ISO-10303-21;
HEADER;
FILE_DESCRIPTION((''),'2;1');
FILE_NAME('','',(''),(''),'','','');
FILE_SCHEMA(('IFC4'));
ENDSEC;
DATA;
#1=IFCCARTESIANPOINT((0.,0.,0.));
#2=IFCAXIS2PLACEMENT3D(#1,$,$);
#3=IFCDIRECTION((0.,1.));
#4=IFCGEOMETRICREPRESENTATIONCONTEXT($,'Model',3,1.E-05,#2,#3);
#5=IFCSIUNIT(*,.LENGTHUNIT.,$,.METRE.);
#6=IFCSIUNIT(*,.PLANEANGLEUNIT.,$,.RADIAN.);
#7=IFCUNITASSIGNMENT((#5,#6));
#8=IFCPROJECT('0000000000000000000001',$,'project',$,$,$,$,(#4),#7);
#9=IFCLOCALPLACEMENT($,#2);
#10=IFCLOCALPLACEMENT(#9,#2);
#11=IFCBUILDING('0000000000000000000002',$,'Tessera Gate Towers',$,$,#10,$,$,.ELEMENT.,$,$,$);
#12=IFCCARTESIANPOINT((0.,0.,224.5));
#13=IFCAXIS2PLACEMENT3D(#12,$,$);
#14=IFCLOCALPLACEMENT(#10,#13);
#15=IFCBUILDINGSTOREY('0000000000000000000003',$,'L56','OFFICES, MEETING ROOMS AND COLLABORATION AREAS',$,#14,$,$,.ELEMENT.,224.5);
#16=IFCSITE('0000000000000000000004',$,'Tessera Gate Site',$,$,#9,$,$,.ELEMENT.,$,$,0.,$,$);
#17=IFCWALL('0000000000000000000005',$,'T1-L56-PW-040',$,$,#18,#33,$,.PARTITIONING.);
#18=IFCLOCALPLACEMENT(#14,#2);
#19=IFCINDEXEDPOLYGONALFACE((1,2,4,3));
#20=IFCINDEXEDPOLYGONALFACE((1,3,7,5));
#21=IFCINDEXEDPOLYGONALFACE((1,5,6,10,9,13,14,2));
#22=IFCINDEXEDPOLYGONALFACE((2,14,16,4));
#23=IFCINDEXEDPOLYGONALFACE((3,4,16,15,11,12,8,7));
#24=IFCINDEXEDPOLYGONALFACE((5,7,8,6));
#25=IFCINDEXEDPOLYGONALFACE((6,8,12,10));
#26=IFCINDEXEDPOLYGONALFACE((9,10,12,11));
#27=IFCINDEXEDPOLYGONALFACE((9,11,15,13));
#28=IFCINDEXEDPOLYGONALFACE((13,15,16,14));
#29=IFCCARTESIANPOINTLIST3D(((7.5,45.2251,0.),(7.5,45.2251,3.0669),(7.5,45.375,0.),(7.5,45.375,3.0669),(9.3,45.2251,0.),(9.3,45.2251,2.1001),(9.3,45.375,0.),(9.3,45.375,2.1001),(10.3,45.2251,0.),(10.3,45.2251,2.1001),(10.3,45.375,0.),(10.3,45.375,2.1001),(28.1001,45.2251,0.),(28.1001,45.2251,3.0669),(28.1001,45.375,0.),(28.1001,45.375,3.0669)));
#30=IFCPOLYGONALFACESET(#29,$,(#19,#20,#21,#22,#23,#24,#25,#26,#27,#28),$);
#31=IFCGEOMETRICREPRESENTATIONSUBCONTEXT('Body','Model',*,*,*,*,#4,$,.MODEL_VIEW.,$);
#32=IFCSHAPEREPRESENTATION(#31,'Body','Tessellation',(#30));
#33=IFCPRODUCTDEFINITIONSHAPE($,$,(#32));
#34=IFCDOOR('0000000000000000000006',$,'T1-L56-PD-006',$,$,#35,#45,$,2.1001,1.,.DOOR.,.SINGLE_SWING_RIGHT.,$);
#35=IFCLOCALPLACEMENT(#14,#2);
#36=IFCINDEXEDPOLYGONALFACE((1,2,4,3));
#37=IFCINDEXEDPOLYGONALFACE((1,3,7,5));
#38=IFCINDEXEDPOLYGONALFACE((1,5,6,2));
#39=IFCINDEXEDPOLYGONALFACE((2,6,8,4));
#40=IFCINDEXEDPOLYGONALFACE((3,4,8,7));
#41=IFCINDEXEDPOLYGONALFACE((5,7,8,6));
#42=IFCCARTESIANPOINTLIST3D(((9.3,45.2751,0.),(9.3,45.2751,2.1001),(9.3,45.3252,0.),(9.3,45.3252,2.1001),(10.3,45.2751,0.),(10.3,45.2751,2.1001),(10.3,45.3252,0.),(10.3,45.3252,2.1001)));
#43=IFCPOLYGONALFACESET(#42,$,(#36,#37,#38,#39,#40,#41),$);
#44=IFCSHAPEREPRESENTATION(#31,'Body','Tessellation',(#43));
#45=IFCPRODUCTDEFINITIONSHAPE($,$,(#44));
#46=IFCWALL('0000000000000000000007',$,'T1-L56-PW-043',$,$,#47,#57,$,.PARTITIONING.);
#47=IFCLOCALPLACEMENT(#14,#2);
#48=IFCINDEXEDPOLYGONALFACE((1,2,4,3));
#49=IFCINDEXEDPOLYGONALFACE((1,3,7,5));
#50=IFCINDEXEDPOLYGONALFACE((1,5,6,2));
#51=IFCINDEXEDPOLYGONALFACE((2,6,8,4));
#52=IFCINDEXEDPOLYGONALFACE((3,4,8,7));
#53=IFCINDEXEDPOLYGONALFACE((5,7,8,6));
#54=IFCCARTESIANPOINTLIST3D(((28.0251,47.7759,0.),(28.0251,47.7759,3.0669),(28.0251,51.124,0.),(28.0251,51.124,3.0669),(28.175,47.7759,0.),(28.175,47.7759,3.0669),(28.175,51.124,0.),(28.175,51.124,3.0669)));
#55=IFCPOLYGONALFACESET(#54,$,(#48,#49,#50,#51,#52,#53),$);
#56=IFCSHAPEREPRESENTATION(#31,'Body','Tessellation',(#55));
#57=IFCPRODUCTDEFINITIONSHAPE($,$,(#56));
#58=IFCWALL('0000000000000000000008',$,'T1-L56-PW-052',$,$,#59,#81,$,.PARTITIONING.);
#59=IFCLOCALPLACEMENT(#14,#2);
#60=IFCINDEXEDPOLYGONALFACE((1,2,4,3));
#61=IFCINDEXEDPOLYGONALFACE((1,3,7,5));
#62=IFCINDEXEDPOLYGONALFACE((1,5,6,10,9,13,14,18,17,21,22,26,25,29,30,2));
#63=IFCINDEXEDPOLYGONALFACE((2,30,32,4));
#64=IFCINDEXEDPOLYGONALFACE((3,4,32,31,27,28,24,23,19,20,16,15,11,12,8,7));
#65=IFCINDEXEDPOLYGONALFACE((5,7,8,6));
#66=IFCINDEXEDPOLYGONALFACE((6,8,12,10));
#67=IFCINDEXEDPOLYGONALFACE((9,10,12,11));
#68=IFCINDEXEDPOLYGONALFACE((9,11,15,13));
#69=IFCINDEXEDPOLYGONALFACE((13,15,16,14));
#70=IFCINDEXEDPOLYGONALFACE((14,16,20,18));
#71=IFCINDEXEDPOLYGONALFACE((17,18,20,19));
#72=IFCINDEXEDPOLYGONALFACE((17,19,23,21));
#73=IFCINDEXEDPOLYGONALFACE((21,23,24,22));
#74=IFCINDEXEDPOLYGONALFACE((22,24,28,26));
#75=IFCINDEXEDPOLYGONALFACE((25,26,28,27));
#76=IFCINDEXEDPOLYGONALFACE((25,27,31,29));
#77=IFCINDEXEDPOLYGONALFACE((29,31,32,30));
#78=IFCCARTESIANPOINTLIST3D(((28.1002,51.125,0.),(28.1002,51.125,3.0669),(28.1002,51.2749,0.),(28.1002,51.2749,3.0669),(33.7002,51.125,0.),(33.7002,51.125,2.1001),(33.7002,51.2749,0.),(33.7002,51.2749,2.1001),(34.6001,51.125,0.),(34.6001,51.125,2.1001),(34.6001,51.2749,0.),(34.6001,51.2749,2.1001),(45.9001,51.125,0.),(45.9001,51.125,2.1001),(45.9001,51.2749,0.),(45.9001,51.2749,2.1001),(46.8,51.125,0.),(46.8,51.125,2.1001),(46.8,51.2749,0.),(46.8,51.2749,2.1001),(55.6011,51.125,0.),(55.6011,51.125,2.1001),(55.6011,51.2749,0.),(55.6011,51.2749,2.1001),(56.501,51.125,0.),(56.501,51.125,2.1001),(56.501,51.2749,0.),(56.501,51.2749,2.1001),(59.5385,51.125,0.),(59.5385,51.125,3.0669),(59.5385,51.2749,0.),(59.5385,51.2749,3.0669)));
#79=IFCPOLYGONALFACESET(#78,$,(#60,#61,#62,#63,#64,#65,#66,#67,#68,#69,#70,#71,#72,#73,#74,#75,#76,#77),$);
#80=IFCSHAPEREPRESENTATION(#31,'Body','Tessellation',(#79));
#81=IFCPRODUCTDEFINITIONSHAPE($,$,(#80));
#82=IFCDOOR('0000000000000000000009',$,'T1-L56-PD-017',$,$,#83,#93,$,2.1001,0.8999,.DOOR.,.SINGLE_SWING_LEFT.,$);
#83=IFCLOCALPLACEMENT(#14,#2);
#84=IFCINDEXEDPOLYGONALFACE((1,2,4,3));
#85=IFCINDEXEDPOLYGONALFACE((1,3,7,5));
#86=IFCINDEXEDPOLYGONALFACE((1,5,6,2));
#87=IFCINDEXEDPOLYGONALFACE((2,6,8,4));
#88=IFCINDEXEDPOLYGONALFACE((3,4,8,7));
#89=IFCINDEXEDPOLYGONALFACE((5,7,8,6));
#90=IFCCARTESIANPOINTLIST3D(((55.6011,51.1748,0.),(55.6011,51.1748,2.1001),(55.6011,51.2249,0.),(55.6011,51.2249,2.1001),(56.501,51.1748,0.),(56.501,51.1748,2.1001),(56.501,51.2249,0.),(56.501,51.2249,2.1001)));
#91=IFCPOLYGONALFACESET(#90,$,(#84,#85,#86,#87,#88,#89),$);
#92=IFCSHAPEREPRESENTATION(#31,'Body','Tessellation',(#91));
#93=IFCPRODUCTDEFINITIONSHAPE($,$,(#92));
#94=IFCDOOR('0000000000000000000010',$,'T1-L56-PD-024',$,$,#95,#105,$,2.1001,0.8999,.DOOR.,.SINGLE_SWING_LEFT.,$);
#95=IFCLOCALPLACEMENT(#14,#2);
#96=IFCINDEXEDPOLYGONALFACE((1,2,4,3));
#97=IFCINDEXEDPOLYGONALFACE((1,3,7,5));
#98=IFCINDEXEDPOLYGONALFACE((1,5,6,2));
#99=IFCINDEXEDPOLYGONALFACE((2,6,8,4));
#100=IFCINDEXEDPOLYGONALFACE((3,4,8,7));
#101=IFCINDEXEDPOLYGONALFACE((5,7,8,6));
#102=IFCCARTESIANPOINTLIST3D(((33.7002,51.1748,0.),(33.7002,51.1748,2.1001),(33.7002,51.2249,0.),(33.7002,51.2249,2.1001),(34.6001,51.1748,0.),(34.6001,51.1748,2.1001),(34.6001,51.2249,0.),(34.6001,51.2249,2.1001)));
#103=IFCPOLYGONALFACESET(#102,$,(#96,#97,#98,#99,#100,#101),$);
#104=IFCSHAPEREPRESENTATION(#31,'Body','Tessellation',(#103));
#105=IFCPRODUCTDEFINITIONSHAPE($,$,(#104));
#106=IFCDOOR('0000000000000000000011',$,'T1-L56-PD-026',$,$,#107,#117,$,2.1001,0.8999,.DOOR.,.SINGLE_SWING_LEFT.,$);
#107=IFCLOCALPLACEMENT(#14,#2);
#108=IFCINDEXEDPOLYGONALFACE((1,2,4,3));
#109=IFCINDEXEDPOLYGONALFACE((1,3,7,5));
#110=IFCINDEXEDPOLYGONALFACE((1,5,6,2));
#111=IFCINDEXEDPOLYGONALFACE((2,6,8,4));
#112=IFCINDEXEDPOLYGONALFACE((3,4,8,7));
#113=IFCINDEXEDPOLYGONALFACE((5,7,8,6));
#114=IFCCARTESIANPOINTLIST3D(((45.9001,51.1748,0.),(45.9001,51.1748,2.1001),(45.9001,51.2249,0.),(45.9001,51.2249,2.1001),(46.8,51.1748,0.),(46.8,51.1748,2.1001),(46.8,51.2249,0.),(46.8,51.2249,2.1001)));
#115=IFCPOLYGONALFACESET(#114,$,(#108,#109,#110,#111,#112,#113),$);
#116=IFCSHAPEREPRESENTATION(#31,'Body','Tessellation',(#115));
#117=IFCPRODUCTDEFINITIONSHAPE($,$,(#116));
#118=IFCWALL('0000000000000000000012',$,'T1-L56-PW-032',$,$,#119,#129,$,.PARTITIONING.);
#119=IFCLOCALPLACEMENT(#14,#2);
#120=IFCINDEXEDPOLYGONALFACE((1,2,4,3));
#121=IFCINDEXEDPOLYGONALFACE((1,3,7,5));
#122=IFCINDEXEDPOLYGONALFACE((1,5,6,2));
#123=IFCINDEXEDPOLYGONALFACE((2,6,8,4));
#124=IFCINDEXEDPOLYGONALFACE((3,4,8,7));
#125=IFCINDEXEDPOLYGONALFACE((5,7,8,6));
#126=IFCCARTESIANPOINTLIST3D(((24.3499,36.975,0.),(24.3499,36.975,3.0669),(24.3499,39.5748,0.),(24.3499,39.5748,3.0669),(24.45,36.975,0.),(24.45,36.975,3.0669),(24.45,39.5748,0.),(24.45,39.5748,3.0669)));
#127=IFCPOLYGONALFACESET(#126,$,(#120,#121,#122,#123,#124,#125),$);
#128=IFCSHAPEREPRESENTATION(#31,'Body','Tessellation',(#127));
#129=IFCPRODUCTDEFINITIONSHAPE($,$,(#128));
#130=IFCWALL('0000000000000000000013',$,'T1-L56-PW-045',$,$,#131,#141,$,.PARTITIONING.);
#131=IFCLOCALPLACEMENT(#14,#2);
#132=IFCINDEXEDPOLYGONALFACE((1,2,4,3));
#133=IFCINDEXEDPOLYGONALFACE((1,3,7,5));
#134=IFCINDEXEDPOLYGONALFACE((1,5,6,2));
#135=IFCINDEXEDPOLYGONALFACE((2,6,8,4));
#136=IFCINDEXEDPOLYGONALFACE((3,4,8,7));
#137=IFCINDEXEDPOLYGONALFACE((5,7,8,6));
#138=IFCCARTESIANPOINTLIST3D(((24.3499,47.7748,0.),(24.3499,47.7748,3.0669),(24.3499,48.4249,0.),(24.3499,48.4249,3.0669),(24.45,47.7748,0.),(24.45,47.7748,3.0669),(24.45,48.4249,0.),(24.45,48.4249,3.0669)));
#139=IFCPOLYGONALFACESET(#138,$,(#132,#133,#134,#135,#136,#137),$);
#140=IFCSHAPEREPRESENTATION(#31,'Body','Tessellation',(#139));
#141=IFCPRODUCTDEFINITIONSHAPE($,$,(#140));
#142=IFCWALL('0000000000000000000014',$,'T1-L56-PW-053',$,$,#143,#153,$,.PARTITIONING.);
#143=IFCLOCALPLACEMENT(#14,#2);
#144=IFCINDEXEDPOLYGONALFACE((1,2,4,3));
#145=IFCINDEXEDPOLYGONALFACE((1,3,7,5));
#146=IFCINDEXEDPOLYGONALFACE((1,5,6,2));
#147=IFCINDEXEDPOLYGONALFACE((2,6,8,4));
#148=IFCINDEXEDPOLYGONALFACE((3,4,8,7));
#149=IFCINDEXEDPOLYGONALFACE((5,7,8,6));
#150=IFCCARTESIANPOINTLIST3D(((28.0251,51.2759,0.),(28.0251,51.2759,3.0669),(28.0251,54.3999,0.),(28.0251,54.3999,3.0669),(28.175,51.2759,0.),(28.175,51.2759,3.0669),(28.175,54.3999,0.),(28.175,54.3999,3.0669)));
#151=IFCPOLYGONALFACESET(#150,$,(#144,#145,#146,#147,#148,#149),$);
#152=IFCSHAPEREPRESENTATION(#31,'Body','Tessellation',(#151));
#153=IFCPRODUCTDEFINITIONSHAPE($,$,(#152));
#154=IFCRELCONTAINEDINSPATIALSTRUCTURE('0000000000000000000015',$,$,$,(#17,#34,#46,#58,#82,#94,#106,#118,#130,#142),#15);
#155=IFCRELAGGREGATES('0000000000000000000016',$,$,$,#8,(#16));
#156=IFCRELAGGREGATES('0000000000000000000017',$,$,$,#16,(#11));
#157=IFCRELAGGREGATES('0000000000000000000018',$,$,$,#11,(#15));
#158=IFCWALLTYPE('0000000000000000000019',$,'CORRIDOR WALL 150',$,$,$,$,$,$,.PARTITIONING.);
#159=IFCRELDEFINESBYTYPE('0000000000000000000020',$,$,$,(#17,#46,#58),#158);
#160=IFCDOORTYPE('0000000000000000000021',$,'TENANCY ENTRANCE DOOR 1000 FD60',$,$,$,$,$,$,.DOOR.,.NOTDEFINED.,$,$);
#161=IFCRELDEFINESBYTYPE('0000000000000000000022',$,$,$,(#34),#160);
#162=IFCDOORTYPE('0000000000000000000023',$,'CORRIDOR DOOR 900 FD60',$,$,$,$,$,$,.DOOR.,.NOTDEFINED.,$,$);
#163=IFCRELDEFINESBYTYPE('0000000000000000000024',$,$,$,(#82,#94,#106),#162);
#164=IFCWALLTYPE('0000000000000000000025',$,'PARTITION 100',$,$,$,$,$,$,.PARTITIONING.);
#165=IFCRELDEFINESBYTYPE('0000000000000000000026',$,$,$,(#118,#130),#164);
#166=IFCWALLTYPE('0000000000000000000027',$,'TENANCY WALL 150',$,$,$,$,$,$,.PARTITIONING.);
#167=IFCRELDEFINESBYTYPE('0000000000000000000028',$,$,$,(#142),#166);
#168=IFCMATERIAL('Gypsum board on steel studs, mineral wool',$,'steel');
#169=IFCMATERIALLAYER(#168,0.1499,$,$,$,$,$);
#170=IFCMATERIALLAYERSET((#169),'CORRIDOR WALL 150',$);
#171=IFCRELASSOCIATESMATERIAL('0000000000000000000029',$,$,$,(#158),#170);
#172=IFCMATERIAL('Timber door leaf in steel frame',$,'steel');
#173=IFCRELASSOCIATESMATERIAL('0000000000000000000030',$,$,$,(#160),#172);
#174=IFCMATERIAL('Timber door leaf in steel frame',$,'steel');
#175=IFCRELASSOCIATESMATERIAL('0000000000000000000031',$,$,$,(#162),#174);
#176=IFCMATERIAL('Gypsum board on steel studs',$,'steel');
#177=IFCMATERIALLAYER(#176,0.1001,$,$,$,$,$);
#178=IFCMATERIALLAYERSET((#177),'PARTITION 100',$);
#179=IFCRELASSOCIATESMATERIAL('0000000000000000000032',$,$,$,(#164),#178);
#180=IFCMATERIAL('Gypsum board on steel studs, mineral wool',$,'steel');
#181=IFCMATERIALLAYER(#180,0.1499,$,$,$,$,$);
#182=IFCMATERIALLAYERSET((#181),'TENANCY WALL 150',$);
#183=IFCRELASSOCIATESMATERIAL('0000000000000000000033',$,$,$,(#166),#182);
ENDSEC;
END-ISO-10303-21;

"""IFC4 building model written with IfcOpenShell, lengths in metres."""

from ifc_helpers import new_model, si_unit, direction, frame, frame_2d, origin, place, context, subcontext, project, spatial, rectangle, extrude, source, transform, mapped, material, layer, layer_set, type_object, element, fill, save


model = new_model("IFC4")

# Units and contexts
model_context = context("Model", 3, precision=1e-05, world=origin(), true_north=direction((0.0, 1.0)))
body_context = subcontext(model_context, "Body", "Model", "MODEL_VIEW")
ifc_project = project(units=[si_unit("LENGTHUNIT", "METRE"), si_unit("PLANEANGLEUNIT", "RADIAN")], contexts=[model_context])

# Site, building, storey
site_placement = place(None, origin())
site = spatial("IfcSite", under=ifc_project, at=site_placement, Name="Tessera Gate Site", CompositionType="ELEMENT", RefElevation=0.0)
building_placement = place(site_placement, origin())
building = spatial("IfcBuilding", under=site, at=building_placement, Name="Tessera Gate Towers", CompositionType="ELEMENT")
storey_placement = place(building_placement, frame((0.0, 0.0, 224.5)))
storey = spatial("IfcBuildingStorey", under=building, at=storey_placement, Name="L56", Description="OFFICES, MEETING ROOMS AND COLLABORATION AREAS", CompositionType="ELEMENT", Elevation=224.5)

# Wall, opening, door
ifc_material_1 = material(Name="Gypsum board on steel studs, mineral wool", Category="steel")
ifc_layer_1 = layer(ifc_material_1, 0.1499)
ifc_layer_set_1 = layer_set([ifc_layer_1], Name="CORRIDOR WALL 150")
wall_type_1 = type_object("IfcWallType", Name="CORRIDOR WALL 150", PredefinedType="PARTITIONING", material=ifc_layer_set_1)
wall_1_placement = place(storey_placement, frame((28.1001, 45.3, 0.0), z_axis=(0.0, 0.0, 1.0), x_axis=(-1.0, 0.0, 0.0)))
wall_1 = element("IfcWall", 1, at=wall_1_placement, inside=storey, type_object=wall_type_1, Name="T1-L56-PW-040", PredefinedType="PARTITIONING", context=body_context, shape_type="SweptSolid", body=[
    extrude(rectangle(XDim=20.6001, YDim=0.1499, at=frame_2d((10.3, 0.0))), origin(), (0.0, 0.0, 1.0), 3.0669),
])
shared_shape_1 = source(origin(), body_context, "Body", "SweptSolid", [
    extrude(rectangle(XDim=1.0, YDim=2.1001, at=frame_2d((0.5, 1.05))), frame((0.0, 0.085, 0.0), z_axis=(0.0, -1.0, 0.0), x_axis=(1.0, 0.0, 0.0)), (0.0, 0.0, 1.0), 0.1699),
])
opening_1_placement = place(wall_1_placement, frame((17.8, 0.0, 0.0)))
opening_1 = element("IfcOpeningElement", 2, at=opening_1_placement, cuts=wall_1, PredefinedType="OPENING", context=body_context, shape_type="MappedRepresentation", body=[
    mapped(shared_shape_1, transform((0.0, 0.0, 0.0), scale=1.0)),
])
ifc_material_2 = material(Name="Timber door leaf in steel frame", Category="steel")
door_type_1 = type_object("IfcDoorType", Name="TENANCY ENTRANCE DOOR 1000 FD60", OperationType="NOTDEFINED", PredefinedType="DOOR", material=ifc_material_2)
shared_shape_2 = source(origin(), body_context, "Body", "SweptSolid", [
    extrude(rectangle(XDim=1.0, YDim=2.1001, at=frame_2d((0.5, 1.05))), frame((0.0, 0.0249, 0.0), z_axis=(0.0, -1.0, 0.0), x_axis=(1.0, 0.0, 0.0)), (0.0, 0.0, 1.0), 0.05),
])
door_1_placement = place(opening_1_placement, origin())
door_1 = element("IfcDoor", 3, at=door_1_placement, inside=storey, type_object=door_type_1, Name="T1-L56-PD-006", OperationType="SINGLE_SWING_RIGHT", OverallHeight=2.1001, OverallWidth=1.0, PredefinedType="DOOR", context=body_context, shape_type="MappedRepresentation", body=[
    mapped(shared_shape_2, transform((0.0, 0.0, 0.0), scale=1.0)),
])
fill(opening_1, door_1)

# Wall
wall_2_placement = place(storey_placement, frame((28.1001, 47.7759, 0.0), z_axis=(0.0, 0.0, 1.0), x_axis=(0.0, 1.0, 0.0)))
element("IfcWall", 4, at=wall_2_placement, inside=storey, type_object=wall_type_1, Name="T1-L56-PW-043", PredefinedType="PARTITIONING", context=body_context, shape_type="SweptSolid", body=[
    extrude(rectangle(XDim=3.3481, YDim=0.1499, at=frame_2d((1.6741, 0.0))), origin(), (0.0, 0.0, 1.0), 3.0669),
])

# Wall, openings, doors
wall_3_placement = place(storey_placement, frame((28.1001, 51.2, 0.0), z_axis=(0.0, 0.0, 1.0), x_axis=(1.0, 0.0, 0.0)))
wall_3 = element("IfcWall", 5, at=wall_3_placement, inside=storey, type_object=wall_type_1, Name="T1-L56-PW-052", PredefinedType="PARTITIONING", context=body_context, shape_type="SweptSolid", body=[
    extrude(rectangle(XDim=31.4382, YDim=0.1499, at=frame_2d((15.7192, 0.0))), origin(), (0.0, 0.0, 1.0), 3.0669),
])
shared_shape_3 = source(origin(), body_context, "Body", "SweptSolid", [
    extrude(rectangle(XDim=0.8999, YDim=2.1001, at=frame_2d((0.45, 1.05))), frame((0.0, 0.085, 0.0), z_axis=(0.0, -1.0, 0.0), x_axis=(1.0, 0.0, 0.0)), (0.0, 0.0, 1.0), 0.1699),
])
opening_2_placement = place(wall_3_placement, frame((27.501, 0.0, 0.0)))
opening_2 = element("IfcOpeningElement", 6, at=opening_2_placement, cuts=wall_3, PredefinedType="OPENING", context=body_context, shape_type="MappedRepresentation", body=[
    mapped(shared_shape_3, transform((0.0, 0.0, 0.0), scale=1.0)),
])
opening_3_placement = place(wall_3_placement, frame((5.6001, 0.0, 0.0)))
opening_3 = element("IfcOpeningElement", 7, at=opening_3_placement, cuts=wall_3, PredefinedType="OPENING", context=body_context, shape_type="MappedRepresentation", body=[
    mapped(shared_shape_3, transform((0.0, 0.0, 0.0), scale=1.0)),
])
opening_4_placement = place(wall_3_placement, frame((17.8, 0.0, 0.0)))
opening_4 = element("IfcOpeningElement", 8, at=opening_4_placement, cuts=wall_3, PredefinedType="OPENING", context=body_context, shape_type="MappedRepresentation", body=[
    mapped(shared_shape_3, transform((0.0, 0.0, 0.0), scale=1.0)),
])
ifc_material_3 = material(Name="Timber door leaf in steel frame", Category="steel")
door_type_2 = type_object("IfcDoorType", Name="CORRIDOR DOOR 900 FD60", OperationType="NOTDEFINED", PredefinedType="DOOR", material=ifc_material_3)
shared_shape_4 = source(origin(), body_context, "Body", "SweptSolid", [
    extrude(rectangle(XDim=0.8999, YDim=2.1001, at=frame_2d((0.45, 1.05))), frame((0.0, 0.0249, 0.0), z_axis=(0.0, -1.0, 0.0), x_axis=(1.0, 0.0, 0.0)), (0.0, 0.0, 1.0), 0.05),
])
door_2_placement = place(opening_2_placement, origin())
door_2 = element("IfcDoor", 9, at=door_2_placement, inside=storey, type_object=door_type_2, Name="T1-L56-PD-017", OperationType="SINGLE_SWING_LEFT", OverallHeight=2.1001, OverallWidth=0.8999, PredefinedType="DOOR", context=body_context, shape_type="MappedRepresentation", body=[
    mapped(shared_shape_4, transform((0.0, 0.0, 0.0), scale=1.0)),
])
fill(opening_2, door_2)
door_3_placement = place(opening_3_placement, origin())
door_3 = element("IfcDoor", 10, at=door_3_placement, inside=storey, type_object=door_type_2, Name="T1-L56-PD-024", OperationType="SINGLE_SWING_LEFT", OverallHeight=2.1001, OverallWidth=0.8999, PredefinedType="DOOR", context=body_context, shape_type="MappedRepresentation", body=[
    mapped(shared_shape_4, transform((0.0, 0.0, 0.0), scale=1.0)),
])
fill(opening_3, door_3)
door_4_placement = place(opening_4_placement, origin())
door_4 = element("IfcDoor", 11, at=door_4_placement, inside=storey, type_object=door_type_2, Name="T1-L56-PD-026", OperationType="SINGLE_SWING_LEFT", OverallHeight=2.1001, OverallWidth=0.8999, PredefinedType="DOOR", context=body_context, shape_type="MappedRepresentation", body=[
    mapped(shared_shape_4, transform((0.0, 0.0, 0.0), scale=1.0)),
])
fill(opening_4, door_4)

# Walls
ifc_material_4 = material(Name="Gypsum board on steel studs", Category="steel")
ifc_layer_2 = layer(ifc_material_4, 0.1001)
ifc_layer_set_2 = layer_set([ifc_layer_2], Name="PARTITION 100")
wall_type_2 = type_object("IfcWallType", Name="PARTITION 100", PredefinedType="PARTITIONING", material=ifc_layer_set_2)
wall_4_placement = place(storey_placement, frame((24.3999, 36.9751, 0.0), z_axis=(0.0, 0.0, 1.0), x_axis=(0.0, 1.0, 0.0)))
element("IfcWall", 12, at=wall_4_placement, inside=storey, type_object=wall_type_2, Name="T1-L56-PW-032", PredefinedType="PARTITIONING", context=body_context, shape_type="SweptSolid", body=[
    extrude(rectangle(XDim=2.5999, YDim=0.1001, at=frame_2d((1.2998, 0.0))), origin(), (0.0, 0.0, 1.0), 3.0669),
])
wall_5_placement = place(storey_placement, frame((24.3999, 48.425, 0.0), z_axis=(0.0, 0.0, 1.0), x_axis=(0.0, -1.0, 0.0)))
element("IfcWall", 13, at=wall_5_placement, inside=storey, type_object=wall_type_2, Name="T1-L56-PW-045", PredefinedType="PARTITIONING", context=body_context, shape_type="SweptSolid", body=[
    extrude(rectangle(XDim=0.6501, YDim=0.1001, at=frame_2d((0.3252, 0.0))), origin(), (0.0, 0.0, 1.0), 3.0669),
])
ifc_material_5 = material(Name="Gypsum board on steel studs, mineral wool", Category="steel")
ifc_layer_3 = layer(ifc_material_5, 0.1499)
ifc_layer_set_3 = layer_set([ifc_layer_3], Name="TENANCY WALL 150")
wall_type_3 = type_object("IfcWallType", Name="TENANCY WALL 150", PredefinedType="PARTITIONING", material=ifc_layer_set_3)
wall_6_placement = place(storey_placement, frame((28.1001, 51.2759, 0.0), z_axis=(0.0, 0.0, 1.0), x_axis=(0.0, 1.0, 0.0)))
element("IfcWall", 14, at=wall_6_placement, inside=storey, type_object=wall_type_3, Name="T1-L56-PW-053", PredefinedType="PARTITIONING", context=body_context, shape_type="SweptSolid", body=[
    extrude(rectangle(XDim=3.124, YDim=0.1499, at=frame_2d((1.562, 0.0))), origin(), (0.0, 0.0, 1.0), 3.0669),
])

save(model, "model.ifc")
